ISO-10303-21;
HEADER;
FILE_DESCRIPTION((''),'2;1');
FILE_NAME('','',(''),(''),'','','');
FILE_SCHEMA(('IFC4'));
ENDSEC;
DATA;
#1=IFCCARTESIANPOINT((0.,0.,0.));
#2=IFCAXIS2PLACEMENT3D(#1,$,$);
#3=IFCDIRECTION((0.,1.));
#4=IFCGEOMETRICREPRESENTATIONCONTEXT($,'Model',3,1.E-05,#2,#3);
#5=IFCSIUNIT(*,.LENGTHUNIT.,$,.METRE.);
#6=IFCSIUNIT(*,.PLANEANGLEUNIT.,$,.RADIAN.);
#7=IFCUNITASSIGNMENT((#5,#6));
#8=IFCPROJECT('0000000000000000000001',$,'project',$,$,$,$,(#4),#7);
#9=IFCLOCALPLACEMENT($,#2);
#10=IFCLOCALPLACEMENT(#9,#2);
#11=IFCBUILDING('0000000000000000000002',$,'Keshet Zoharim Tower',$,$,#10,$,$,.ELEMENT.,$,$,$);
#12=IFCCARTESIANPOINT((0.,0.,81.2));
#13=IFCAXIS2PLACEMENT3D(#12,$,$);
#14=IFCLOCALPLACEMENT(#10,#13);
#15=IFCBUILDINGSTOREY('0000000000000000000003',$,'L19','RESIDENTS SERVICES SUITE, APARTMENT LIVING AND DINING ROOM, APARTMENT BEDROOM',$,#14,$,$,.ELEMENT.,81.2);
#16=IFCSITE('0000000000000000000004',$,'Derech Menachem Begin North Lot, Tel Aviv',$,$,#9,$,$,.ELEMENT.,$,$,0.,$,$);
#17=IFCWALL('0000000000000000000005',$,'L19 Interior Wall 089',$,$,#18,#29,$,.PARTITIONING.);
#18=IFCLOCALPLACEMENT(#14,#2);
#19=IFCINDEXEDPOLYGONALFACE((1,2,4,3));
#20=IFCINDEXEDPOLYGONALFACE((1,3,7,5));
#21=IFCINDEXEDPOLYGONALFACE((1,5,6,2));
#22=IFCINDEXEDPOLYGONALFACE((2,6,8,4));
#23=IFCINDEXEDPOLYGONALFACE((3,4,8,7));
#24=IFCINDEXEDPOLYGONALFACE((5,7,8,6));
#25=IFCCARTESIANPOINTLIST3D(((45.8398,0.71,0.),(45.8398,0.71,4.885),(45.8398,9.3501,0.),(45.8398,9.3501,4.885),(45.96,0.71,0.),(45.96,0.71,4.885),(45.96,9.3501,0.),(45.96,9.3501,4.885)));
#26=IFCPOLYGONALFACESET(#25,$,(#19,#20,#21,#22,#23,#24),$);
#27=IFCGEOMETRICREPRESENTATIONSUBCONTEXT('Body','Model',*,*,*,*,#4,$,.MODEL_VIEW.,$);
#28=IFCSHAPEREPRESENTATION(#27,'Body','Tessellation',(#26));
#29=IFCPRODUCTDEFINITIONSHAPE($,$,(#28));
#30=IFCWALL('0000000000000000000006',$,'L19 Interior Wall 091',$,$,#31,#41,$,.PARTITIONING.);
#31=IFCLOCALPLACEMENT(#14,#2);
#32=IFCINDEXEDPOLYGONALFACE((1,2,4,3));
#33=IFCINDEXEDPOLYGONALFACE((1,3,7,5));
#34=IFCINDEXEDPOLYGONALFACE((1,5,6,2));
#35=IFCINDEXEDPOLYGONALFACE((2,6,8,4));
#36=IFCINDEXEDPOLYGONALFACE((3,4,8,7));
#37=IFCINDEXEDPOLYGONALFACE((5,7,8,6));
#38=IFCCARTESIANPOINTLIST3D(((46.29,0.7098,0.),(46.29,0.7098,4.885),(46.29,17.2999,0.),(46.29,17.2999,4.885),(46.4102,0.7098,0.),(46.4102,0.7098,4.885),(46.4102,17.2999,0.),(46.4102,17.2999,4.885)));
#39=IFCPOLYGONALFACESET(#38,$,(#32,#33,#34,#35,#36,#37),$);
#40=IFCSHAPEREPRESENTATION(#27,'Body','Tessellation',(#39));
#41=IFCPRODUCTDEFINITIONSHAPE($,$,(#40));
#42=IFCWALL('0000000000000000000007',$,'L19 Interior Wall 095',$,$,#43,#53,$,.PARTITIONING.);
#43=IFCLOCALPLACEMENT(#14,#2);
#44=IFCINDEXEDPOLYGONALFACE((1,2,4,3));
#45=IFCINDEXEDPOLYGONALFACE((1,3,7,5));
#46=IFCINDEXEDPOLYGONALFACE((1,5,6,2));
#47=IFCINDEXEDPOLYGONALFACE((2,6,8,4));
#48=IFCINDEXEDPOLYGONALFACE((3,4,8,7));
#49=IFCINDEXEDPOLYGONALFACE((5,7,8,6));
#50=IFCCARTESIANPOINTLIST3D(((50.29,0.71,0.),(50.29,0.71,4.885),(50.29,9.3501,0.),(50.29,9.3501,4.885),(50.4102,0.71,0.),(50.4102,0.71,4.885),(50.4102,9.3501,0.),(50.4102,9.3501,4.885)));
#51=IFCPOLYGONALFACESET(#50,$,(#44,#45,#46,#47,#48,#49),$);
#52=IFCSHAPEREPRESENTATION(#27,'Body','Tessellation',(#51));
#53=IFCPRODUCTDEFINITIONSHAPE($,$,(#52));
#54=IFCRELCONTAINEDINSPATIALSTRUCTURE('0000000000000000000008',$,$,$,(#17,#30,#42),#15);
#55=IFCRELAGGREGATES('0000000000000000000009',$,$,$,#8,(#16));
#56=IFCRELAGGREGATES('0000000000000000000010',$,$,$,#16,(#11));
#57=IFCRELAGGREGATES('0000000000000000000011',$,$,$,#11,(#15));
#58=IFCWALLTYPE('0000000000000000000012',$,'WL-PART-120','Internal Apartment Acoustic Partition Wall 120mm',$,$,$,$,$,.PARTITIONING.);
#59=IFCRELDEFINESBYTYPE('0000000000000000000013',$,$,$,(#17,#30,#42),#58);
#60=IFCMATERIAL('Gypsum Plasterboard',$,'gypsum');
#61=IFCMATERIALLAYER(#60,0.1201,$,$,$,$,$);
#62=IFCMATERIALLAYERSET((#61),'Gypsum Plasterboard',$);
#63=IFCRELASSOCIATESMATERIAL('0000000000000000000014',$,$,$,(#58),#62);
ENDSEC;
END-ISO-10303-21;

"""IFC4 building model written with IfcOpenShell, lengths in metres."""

from ifc_helpers import new_model, si_unit, direction, frame, frame_2d, origin, place, context, subcontext, project, spatial, rectangle, extrude, material, layer, layer_set, type_object, element, save


model = new_model("IFC4")

# Units and contexts
model_context = context("Model", 3, precision=1e-05, world=origin(), true_north=direction((0.0, 1.0)))
body_context = subcontext(model_context, "Body", "Model", "MODEL_VIEW")
ifc_project = project(units=[si_unit("LENGTHUNIT", "METRE"), si_unit("PLANEANGLEUNIT", "RADIAN")], contexts=[model_context])

# Site, building, storey
site_placement = place(None, origin())
site = spatial("IfcSite", under=ifc_project, at=site_placement, Name="Derech Menachem Begin North Lot, Tel Aviv", CompositionType="ELEMENT", RefElevation=0.0)
building_placement = place(site_placement, origin())
building = spatial("IfcBuilding", under=site, at=building_placement, Name="Keshet Zoharim Tower", CompositionType="ELEMENT")
storey_placement = place(building_placement, frame((0.0, 0.0, 81.2)))
storey = spatial("IfcBuildingStorey", under=building, at=storey_placement, Name="L19", Description="RESIDENTS SERVICES SUITE, APARTMENT LIVING AND DINING ROOM, APARTMENT BEDROOM", CompositionType="ELEMENT", Elevation=81.2)

# Walls
ifc_material_1 = material(Name="Gypsum Plasterboard", Category="gypsum")
ifc_layer_1 = layer(ifc_material_1, 0.1201)
ifc_layer_set_1 = layer_set([ifc_layer_1], Name="Gypsum Plasterboard")
wall_type = type_object("IfcWallType", Name="WL-PART-120", Description="Internal Apartment Acoustic Partition Wall 120mm", PredefinedType="PARTITIONING", material=ifc_layer_set_1)
wall_1_placement = place(storey_placement, frame((45.8999, 0.71, 0.0), z_axis=(0.0, 0.0, 1.0), x_axis=(0.0, 1.0, 0.0)))
element("IfcWall", 1, at=wall_1_placement, inside=storey, type_object=wall_type, Name="L19 Interior Wall 089", PredefinedType="PARTITIONING", context=body_context, shape_type="SweptSolid", body=[
    extrude(rectangle(XDim=8.6401, YDim=0.1201, at=frame_2d((4.3201, 0.0))), origin(), (0.0, 0.0, 1.0), 4.885),
])
wall_2_placement = place(storey_placement, frame((46.3501, 0.71, 0.0), z_axis=(0.0, 0.0, 1.0), x_axis=(0.0, 1.0, 0.0)))
element("IfcWall", 2, at=wall_2_placement, inside=storey, type_object=wall_type, Name="L19 Interior Wall 091", PredefinedType="PARTITIONING", context=body_context, shape_type="SweptSolid", body=[
    extrude(rectangle(XDim=16.5901, YDim=0.1201, at=frame_2d((8.2949, 0.0))), origin(), (0.0, 0.0, 1.0), 4.885),
])
wall_3_placement = place(storey_placement, frame((50.3501, 0.71, 0.0), z_axis=(0.0, 0.0, 1.0), x_axis=(0.0, 1.0, 0.0)))
element("IfcWall", 3, at=wall_3_placement, inside=storey, type_object=wall_type, Name="L19 Interior Wall 095", PredefinedType="PARTITIONING", context=body_context, shape_type="SweptSolid", body=[
    extrude(rectangle(XDim=8.6401, YDim=0.1201, at=frame_2d((4.3201, 0.0))), origin(), (0.0, 0.0, 1.0), 4.885),
])

save(model, "model.ifc")
